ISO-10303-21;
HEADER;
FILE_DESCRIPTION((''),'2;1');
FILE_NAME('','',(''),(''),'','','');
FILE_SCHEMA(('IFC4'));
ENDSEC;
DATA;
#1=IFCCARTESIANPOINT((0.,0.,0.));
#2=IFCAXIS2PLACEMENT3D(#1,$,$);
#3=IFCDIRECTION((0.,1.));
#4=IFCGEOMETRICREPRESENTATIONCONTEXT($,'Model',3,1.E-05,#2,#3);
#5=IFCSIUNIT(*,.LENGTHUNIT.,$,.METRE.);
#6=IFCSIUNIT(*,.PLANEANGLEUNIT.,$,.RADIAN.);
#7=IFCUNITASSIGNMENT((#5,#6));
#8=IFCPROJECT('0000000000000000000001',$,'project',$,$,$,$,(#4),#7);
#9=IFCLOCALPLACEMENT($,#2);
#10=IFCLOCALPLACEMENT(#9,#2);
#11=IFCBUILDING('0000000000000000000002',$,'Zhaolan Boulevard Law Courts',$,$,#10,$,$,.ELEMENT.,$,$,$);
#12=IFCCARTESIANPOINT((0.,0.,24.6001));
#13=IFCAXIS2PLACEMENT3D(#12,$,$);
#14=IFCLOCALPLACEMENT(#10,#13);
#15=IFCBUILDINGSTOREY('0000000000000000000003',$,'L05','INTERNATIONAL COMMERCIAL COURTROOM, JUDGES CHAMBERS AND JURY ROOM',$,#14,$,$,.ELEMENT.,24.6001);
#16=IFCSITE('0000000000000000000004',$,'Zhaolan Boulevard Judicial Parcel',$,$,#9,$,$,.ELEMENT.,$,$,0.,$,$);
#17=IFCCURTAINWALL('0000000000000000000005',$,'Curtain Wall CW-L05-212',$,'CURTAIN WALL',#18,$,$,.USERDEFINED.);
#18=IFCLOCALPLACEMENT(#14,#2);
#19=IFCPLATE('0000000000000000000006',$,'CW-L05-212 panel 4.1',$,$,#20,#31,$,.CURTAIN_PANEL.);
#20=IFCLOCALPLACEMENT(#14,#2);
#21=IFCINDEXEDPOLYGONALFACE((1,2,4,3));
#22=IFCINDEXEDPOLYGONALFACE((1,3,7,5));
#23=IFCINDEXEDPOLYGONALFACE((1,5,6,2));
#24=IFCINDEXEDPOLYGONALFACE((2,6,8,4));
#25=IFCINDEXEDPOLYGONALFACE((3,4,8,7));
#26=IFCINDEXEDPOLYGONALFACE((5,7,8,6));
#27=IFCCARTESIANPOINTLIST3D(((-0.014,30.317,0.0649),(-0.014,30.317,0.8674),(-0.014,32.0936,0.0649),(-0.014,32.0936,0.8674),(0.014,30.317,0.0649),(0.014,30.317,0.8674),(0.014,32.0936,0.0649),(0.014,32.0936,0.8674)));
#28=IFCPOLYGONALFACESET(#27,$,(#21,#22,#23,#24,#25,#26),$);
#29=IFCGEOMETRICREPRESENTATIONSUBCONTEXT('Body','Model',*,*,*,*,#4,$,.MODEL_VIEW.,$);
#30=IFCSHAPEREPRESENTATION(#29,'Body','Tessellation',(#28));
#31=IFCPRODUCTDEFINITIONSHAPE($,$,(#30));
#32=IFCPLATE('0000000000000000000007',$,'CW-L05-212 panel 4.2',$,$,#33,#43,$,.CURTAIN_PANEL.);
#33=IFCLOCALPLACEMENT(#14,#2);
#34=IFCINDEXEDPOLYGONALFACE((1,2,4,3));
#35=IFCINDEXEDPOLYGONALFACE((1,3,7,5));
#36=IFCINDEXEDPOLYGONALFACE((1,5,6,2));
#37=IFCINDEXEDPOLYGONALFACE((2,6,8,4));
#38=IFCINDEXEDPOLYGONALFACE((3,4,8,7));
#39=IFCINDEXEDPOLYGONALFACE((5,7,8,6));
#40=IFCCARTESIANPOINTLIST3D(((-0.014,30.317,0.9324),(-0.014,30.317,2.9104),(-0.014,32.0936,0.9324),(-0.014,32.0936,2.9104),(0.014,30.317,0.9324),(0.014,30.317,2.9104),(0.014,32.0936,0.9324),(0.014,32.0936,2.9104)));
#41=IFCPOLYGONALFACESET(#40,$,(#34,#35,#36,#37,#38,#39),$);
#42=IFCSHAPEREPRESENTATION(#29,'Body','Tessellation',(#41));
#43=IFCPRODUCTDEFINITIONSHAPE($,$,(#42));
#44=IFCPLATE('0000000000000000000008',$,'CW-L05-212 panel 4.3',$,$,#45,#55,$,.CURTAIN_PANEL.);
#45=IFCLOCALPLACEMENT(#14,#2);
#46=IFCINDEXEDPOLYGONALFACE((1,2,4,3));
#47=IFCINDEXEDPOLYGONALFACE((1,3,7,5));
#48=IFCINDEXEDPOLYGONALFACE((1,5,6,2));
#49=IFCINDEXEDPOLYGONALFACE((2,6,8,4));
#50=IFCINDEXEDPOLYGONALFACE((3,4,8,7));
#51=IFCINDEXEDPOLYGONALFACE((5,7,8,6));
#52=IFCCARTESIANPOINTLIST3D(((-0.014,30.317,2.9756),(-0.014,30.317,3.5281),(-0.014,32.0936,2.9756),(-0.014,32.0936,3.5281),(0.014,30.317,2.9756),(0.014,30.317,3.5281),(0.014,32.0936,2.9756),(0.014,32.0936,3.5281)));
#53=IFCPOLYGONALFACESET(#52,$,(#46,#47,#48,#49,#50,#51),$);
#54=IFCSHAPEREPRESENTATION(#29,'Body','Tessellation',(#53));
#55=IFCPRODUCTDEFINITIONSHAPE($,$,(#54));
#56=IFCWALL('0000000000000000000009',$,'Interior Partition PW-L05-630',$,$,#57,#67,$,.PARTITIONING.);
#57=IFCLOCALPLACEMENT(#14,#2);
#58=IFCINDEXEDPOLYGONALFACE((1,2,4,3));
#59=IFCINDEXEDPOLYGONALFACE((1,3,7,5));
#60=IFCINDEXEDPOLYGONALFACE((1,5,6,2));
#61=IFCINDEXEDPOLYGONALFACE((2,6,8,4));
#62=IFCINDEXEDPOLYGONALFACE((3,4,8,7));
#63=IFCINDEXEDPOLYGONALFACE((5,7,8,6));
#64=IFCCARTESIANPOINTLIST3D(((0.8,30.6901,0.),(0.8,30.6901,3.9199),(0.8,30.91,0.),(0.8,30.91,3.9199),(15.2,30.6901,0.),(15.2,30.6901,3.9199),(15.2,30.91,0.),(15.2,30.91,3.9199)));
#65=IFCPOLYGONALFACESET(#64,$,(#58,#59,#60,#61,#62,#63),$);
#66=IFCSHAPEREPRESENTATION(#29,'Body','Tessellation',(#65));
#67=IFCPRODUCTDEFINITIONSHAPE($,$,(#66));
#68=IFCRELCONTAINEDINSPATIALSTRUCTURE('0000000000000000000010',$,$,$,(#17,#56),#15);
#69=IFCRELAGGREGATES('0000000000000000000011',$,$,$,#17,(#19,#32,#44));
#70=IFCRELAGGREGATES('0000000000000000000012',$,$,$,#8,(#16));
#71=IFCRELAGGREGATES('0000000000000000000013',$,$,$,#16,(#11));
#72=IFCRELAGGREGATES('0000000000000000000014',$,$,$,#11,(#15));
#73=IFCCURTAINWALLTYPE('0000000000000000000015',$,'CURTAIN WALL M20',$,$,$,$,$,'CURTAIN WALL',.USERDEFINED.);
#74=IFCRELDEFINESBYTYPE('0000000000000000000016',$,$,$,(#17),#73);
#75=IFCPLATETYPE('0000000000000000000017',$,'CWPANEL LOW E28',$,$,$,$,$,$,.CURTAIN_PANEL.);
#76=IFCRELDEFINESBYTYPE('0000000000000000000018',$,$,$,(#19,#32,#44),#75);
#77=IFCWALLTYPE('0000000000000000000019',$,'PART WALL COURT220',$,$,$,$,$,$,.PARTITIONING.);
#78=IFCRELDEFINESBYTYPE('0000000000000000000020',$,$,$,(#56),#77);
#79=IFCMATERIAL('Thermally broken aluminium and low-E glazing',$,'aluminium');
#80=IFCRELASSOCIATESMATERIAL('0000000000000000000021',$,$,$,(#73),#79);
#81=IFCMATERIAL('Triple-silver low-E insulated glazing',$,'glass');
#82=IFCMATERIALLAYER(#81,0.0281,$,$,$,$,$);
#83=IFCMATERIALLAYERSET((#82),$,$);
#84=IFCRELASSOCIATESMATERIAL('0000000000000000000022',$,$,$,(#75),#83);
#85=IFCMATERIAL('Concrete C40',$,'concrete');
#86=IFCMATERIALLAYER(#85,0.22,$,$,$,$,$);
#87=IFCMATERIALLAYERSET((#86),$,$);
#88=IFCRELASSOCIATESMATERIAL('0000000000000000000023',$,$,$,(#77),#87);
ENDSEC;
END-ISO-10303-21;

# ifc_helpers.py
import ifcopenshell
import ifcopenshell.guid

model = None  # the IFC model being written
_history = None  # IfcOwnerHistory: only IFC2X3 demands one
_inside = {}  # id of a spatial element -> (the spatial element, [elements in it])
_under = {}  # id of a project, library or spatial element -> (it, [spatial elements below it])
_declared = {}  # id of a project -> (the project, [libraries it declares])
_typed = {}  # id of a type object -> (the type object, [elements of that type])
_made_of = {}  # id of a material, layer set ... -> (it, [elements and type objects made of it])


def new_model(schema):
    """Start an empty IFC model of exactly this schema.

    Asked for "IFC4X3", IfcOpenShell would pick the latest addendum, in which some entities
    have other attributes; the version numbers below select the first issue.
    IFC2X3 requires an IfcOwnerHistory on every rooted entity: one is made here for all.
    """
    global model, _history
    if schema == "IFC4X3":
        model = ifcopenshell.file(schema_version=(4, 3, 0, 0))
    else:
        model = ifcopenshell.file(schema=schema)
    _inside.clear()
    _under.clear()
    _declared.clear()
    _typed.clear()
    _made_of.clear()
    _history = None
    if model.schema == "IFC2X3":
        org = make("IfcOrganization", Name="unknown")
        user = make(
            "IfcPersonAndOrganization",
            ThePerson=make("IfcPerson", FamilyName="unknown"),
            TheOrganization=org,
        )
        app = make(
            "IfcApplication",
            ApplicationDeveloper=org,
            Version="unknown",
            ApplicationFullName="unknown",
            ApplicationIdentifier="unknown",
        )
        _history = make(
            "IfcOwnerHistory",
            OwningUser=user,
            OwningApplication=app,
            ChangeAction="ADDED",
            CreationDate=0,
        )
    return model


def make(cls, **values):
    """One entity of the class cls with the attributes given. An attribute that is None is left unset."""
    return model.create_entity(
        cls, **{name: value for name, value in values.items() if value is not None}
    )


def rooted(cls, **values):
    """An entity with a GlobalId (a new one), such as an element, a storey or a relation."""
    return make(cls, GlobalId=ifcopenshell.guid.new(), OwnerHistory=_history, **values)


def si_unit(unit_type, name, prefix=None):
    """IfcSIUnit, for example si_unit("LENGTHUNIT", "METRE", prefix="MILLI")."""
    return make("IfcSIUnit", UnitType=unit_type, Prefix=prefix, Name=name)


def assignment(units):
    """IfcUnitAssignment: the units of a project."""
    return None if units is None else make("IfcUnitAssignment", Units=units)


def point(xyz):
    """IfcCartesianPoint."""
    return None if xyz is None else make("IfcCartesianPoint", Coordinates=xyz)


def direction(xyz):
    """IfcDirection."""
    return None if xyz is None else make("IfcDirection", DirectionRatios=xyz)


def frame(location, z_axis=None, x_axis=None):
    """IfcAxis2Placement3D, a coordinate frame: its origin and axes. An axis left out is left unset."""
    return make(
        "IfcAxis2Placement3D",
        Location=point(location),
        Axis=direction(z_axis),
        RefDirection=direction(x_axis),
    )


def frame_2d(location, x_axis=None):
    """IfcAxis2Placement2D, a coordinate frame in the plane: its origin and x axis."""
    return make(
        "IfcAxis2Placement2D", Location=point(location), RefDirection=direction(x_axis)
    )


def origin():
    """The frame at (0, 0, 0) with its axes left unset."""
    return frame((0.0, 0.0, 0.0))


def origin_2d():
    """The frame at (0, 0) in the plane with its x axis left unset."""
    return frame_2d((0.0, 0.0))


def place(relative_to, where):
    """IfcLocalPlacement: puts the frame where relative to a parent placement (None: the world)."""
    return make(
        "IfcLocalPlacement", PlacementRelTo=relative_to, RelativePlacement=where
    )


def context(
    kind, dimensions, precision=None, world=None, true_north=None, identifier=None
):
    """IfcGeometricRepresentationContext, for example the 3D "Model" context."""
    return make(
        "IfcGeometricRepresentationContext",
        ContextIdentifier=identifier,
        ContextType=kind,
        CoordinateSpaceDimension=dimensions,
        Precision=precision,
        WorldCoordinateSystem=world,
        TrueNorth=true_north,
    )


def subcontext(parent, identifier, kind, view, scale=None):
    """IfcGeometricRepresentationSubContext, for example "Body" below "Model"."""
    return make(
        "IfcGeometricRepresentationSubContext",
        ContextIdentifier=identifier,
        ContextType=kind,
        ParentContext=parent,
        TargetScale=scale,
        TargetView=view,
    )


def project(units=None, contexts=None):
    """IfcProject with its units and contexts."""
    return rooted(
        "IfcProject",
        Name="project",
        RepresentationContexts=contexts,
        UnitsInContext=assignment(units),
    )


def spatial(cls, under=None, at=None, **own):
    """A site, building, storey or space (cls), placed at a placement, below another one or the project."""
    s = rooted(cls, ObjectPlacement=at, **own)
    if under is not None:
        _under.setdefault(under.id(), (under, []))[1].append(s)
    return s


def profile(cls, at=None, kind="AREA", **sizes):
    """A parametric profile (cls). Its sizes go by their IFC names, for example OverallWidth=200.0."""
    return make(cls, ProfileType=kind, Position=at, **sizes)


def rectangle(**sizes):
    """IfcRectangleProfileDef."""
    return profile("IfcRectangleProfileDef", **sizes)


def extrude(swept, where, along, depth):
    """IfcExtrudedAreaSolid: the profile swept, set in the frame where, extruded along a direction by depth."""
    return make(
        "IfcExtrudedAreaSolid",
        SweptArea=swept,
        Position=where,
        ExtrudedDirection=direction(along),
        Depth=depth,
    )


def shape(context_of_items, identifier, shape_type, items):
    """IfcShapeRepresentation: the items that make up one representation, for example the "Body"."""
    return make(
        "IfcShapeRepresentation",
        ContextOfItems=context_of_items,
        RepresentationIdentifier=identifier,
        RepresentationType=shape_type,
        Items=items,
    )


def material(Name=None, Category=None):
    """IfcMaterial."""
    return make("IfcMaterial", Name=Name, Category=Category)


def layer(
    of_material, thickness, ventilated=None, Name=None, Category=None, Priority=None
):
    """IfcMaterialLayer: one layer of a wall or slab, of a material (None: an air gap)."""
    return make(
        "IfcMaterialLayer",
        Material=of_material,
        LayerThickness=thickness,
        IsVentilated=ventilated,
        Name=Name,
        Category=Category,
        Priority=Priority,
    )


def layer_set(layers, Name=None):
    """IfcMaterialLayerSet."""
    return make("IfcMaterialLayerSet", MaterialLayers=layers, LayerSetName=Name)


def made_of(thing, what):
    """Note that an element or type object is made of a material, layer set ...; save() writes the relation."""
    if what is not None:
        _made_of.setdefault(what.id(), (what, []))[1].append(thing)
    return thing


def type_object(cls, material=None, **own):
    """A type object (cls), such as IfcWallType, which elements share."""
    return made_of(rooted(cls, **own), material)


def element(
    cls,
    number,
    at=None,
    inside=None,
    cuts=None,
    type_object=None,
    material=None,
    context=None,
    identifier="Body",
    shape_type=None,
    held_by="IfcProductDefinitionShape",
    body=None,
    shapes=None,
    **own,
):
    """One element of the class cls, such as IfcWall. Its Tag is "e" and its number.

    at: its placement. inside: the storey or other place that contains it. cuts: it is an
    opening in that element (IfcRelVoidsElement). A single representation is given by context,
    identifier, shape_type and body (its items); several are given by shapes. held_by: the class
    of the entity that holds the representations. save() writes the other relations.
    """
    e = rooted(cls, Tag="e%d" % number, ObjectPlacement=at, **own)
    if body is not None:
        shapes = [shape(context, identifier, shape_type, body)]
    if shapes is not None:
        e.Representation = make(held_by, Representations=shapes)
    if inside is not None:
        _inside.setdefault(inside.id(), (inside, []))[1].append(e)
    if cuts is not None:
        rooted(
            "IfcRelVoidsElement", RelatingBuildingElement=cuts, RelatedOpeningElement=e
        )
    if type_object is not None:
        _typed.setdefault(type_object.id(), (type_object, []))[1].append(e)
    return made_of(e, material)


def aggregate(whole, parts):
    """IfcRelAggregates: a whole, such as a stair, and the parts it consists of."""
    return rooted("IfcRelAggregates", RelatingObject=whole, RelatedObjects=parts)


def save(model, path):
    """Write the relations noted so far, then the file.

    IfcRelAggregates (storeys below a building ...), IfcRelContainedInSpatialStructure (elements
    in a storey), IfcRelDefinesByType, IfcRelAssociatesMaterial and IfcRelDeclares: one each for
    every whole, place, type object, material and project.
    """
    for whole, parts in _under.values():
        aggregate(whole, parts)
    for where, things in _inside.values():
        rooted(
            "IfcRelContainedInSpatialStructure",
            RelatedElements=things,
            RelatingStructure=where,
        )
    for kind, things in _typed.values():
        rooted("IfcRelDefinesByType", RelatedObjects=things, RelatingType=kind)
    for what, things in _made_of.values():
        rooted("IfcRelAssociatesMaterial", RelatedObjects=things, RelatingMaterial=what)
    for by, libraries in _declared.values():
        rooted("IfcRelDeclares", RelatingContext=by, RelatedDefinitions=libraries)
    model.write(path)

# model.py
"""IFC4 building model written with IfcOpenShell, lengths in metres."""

from ifc_helpers import new_model, si_unit, direction, frame, frame_2d, origin, origin_2d, place, context, subcontext, project, spatial, rectangle, extrude, material, layer, layer_set, type_object, element, aggregate, save


model = new_model("IFC4")

# Units and contexts
model_context = context("Model", 3, precision=1e-05, world=origin(), true_north=direction((0.0, 1.0)))
body_context = subcontext(model_context, "Body", "Model", "MODEL_VIEW")
ifc_project = project(units=[si_unit("LENGTHUNIT", "METRE"), si_unit("PLANEANGLEUNIT", "RADIAN")], contexts=[model_context])

# Site, building, storey
site_placement = place(None, origin())
site = spatial("IfcSite", under=ifc_project, at=site_placement, Name="Zhaolan Boulevard Judicial Parcel", CompositionType="ELEMENT", RefElevation=0.0)
building_placement = place(site_placement, origin())
building = spatial("IfcBuilding", under=site, at=building_placement, Name="Zhaolan Boulevard Law Courts", CompositionType="ELEMENT")
storey_placement = place(building_placement, frame((0.0, 0.0, 24.6001)))
storey = spatial("IfcBuildingStorey", under=building, at=storey_placement, Name="L05", Description="INTERNATIONAL COMMERCIAL COURTROOM, JUDGES CHAMBERS AND JURY ROOM", CompositionType="ELEMENT", Elevation=24.6001)

# Curtain wall
ifc_material_1 = material(Name="Thermally broken aluminium and low-E glazing", Category="aluminium")
curtain_wall_type_1 = type_object("IfcCurtainWallType", Name="CURTAIN WALL M20", ElementType="CURTAIN WALL", PredefinedType="USERDEFINED", material=ifc_material_1)
curtain_wall_1_placement = place(storey_placement, origin())
curtain_wall_1 = element("IfcCurtainWall", 1, at=curtain_wall_1_placement, inside=storey, type_object=curtain_wall_type_1, Name="Curtain Wall CW-L05-212", ObjectType="CURTAIN WALL", PredefinedType="USERDEFINED")

# Plates
ifc_material_2 = material(Name="Triple-silver low-E insulated glazing", Category="glass")
ifc_layer_1 = layer(ifc_material_2, 0.0281)
ifc_layer_set_1 = layer_set([ifc_layer_1])
plate_type = type_object("IfcPlateType", Name="CWPANEL LOW E28", PredefinedType="CURTAIN_PANEL", material=ifc_layer_set_1)
plate_1_placement = place(storey_placement, frame((0.0, 31.2053, 0.0649), z_axis=(0.0, 0.0, 1.0), x_axis=(0.0, -1.0, 0.0)))
plate_1 = element("IfcPlate", 2, at=plate_1_placement, type_object=plate_type, Name="CW-L05-212 panel 4.1", PredefinedType="CURTAIN_PANEL", context=body_context, shape_type="SweptSolid", body=[
    extrude(rectangle(XDim=1.7766, YDim=0.0281, at=origin_2d()), origin(), (0.0, 0.0, 1.0), 0.8025),
])
plate_2_placement = place(storey_placement, frame((0.0, 31.2053, 0.9324), z_axis=(0.0, 0.0, 1.0), x_axis=(0.0, -1.0, 0.0)))
plate_2 = element("IfcPlate", 3, at=plate_2_placement, type_object=plate_type, Name="CW-L05-212 panel 4.2", PredefinedType="CURTAIN_PANEL", context=body_context, shape_type="SweptSolid", body=[
    extrude(rectangle(XDim=1.7766, YDim=0.0281, at=origin_2d()), origin(), (0.0, 0.0, 1.0), 1.978),
])
plate_3_placement = place(storey_placement, frame((0.0, 31.2053, 2.9756), z_axis=(0.0, 0.0, 1.0), x_axis=(0.0, -1.0, 0.0)))
plate_3 = element("IfcPlate", 4, at=plate_3_placement, type_object=plate_type, Name="CW-L05-212 panel 4.3", PredefinedType="CURTAIN_PANEL", context=body_context, shape_type="SweptSolid", body=[
    extrude(rectangle(XDim=1.7766, YDim=0.0281, at=origin_2d()), origin(), (0.0, 0.0, 1.0), 0.5525),
])
aggregate(curtain_wall_1, [plate_1, plate_2, plate_3])

# Wall
ifc_material_3 = material(Name="Concrete C40", Category="concrete")
ifc_layer_2 = layer(ifc_material_3, 0.22)
ifc_layer_set_2 = layer_set([ifc_layer_2])
wall_type = type_object("IfcWallType", Name="PART WALL COURT220", PredefinedType="PARTITIONING", material=ifc_layer_set_2)
wall_placement = place(storey_placement, frame((0.8, 30.8, 0.0), z_axis=(0.0, 0.0, 1.0), x_axis=(1.0, 0.0, 0.0)))
element("IfcWall", 5, at=wall_placement, inside=storey, type_object=wall_type, Name="Interior Partition PW-L05-630", PredefinedType="PARTITIONING", context=body_context, shape_type="SweptSolid", body=[
    extrude(rectangle(XDim=14.3999, YDim=0.22, at=frame_2d((7.2, 0.0))), origin(), (0.0, 0.0, 1.0), 3.9199),
])

save(model, "model.ifc")
